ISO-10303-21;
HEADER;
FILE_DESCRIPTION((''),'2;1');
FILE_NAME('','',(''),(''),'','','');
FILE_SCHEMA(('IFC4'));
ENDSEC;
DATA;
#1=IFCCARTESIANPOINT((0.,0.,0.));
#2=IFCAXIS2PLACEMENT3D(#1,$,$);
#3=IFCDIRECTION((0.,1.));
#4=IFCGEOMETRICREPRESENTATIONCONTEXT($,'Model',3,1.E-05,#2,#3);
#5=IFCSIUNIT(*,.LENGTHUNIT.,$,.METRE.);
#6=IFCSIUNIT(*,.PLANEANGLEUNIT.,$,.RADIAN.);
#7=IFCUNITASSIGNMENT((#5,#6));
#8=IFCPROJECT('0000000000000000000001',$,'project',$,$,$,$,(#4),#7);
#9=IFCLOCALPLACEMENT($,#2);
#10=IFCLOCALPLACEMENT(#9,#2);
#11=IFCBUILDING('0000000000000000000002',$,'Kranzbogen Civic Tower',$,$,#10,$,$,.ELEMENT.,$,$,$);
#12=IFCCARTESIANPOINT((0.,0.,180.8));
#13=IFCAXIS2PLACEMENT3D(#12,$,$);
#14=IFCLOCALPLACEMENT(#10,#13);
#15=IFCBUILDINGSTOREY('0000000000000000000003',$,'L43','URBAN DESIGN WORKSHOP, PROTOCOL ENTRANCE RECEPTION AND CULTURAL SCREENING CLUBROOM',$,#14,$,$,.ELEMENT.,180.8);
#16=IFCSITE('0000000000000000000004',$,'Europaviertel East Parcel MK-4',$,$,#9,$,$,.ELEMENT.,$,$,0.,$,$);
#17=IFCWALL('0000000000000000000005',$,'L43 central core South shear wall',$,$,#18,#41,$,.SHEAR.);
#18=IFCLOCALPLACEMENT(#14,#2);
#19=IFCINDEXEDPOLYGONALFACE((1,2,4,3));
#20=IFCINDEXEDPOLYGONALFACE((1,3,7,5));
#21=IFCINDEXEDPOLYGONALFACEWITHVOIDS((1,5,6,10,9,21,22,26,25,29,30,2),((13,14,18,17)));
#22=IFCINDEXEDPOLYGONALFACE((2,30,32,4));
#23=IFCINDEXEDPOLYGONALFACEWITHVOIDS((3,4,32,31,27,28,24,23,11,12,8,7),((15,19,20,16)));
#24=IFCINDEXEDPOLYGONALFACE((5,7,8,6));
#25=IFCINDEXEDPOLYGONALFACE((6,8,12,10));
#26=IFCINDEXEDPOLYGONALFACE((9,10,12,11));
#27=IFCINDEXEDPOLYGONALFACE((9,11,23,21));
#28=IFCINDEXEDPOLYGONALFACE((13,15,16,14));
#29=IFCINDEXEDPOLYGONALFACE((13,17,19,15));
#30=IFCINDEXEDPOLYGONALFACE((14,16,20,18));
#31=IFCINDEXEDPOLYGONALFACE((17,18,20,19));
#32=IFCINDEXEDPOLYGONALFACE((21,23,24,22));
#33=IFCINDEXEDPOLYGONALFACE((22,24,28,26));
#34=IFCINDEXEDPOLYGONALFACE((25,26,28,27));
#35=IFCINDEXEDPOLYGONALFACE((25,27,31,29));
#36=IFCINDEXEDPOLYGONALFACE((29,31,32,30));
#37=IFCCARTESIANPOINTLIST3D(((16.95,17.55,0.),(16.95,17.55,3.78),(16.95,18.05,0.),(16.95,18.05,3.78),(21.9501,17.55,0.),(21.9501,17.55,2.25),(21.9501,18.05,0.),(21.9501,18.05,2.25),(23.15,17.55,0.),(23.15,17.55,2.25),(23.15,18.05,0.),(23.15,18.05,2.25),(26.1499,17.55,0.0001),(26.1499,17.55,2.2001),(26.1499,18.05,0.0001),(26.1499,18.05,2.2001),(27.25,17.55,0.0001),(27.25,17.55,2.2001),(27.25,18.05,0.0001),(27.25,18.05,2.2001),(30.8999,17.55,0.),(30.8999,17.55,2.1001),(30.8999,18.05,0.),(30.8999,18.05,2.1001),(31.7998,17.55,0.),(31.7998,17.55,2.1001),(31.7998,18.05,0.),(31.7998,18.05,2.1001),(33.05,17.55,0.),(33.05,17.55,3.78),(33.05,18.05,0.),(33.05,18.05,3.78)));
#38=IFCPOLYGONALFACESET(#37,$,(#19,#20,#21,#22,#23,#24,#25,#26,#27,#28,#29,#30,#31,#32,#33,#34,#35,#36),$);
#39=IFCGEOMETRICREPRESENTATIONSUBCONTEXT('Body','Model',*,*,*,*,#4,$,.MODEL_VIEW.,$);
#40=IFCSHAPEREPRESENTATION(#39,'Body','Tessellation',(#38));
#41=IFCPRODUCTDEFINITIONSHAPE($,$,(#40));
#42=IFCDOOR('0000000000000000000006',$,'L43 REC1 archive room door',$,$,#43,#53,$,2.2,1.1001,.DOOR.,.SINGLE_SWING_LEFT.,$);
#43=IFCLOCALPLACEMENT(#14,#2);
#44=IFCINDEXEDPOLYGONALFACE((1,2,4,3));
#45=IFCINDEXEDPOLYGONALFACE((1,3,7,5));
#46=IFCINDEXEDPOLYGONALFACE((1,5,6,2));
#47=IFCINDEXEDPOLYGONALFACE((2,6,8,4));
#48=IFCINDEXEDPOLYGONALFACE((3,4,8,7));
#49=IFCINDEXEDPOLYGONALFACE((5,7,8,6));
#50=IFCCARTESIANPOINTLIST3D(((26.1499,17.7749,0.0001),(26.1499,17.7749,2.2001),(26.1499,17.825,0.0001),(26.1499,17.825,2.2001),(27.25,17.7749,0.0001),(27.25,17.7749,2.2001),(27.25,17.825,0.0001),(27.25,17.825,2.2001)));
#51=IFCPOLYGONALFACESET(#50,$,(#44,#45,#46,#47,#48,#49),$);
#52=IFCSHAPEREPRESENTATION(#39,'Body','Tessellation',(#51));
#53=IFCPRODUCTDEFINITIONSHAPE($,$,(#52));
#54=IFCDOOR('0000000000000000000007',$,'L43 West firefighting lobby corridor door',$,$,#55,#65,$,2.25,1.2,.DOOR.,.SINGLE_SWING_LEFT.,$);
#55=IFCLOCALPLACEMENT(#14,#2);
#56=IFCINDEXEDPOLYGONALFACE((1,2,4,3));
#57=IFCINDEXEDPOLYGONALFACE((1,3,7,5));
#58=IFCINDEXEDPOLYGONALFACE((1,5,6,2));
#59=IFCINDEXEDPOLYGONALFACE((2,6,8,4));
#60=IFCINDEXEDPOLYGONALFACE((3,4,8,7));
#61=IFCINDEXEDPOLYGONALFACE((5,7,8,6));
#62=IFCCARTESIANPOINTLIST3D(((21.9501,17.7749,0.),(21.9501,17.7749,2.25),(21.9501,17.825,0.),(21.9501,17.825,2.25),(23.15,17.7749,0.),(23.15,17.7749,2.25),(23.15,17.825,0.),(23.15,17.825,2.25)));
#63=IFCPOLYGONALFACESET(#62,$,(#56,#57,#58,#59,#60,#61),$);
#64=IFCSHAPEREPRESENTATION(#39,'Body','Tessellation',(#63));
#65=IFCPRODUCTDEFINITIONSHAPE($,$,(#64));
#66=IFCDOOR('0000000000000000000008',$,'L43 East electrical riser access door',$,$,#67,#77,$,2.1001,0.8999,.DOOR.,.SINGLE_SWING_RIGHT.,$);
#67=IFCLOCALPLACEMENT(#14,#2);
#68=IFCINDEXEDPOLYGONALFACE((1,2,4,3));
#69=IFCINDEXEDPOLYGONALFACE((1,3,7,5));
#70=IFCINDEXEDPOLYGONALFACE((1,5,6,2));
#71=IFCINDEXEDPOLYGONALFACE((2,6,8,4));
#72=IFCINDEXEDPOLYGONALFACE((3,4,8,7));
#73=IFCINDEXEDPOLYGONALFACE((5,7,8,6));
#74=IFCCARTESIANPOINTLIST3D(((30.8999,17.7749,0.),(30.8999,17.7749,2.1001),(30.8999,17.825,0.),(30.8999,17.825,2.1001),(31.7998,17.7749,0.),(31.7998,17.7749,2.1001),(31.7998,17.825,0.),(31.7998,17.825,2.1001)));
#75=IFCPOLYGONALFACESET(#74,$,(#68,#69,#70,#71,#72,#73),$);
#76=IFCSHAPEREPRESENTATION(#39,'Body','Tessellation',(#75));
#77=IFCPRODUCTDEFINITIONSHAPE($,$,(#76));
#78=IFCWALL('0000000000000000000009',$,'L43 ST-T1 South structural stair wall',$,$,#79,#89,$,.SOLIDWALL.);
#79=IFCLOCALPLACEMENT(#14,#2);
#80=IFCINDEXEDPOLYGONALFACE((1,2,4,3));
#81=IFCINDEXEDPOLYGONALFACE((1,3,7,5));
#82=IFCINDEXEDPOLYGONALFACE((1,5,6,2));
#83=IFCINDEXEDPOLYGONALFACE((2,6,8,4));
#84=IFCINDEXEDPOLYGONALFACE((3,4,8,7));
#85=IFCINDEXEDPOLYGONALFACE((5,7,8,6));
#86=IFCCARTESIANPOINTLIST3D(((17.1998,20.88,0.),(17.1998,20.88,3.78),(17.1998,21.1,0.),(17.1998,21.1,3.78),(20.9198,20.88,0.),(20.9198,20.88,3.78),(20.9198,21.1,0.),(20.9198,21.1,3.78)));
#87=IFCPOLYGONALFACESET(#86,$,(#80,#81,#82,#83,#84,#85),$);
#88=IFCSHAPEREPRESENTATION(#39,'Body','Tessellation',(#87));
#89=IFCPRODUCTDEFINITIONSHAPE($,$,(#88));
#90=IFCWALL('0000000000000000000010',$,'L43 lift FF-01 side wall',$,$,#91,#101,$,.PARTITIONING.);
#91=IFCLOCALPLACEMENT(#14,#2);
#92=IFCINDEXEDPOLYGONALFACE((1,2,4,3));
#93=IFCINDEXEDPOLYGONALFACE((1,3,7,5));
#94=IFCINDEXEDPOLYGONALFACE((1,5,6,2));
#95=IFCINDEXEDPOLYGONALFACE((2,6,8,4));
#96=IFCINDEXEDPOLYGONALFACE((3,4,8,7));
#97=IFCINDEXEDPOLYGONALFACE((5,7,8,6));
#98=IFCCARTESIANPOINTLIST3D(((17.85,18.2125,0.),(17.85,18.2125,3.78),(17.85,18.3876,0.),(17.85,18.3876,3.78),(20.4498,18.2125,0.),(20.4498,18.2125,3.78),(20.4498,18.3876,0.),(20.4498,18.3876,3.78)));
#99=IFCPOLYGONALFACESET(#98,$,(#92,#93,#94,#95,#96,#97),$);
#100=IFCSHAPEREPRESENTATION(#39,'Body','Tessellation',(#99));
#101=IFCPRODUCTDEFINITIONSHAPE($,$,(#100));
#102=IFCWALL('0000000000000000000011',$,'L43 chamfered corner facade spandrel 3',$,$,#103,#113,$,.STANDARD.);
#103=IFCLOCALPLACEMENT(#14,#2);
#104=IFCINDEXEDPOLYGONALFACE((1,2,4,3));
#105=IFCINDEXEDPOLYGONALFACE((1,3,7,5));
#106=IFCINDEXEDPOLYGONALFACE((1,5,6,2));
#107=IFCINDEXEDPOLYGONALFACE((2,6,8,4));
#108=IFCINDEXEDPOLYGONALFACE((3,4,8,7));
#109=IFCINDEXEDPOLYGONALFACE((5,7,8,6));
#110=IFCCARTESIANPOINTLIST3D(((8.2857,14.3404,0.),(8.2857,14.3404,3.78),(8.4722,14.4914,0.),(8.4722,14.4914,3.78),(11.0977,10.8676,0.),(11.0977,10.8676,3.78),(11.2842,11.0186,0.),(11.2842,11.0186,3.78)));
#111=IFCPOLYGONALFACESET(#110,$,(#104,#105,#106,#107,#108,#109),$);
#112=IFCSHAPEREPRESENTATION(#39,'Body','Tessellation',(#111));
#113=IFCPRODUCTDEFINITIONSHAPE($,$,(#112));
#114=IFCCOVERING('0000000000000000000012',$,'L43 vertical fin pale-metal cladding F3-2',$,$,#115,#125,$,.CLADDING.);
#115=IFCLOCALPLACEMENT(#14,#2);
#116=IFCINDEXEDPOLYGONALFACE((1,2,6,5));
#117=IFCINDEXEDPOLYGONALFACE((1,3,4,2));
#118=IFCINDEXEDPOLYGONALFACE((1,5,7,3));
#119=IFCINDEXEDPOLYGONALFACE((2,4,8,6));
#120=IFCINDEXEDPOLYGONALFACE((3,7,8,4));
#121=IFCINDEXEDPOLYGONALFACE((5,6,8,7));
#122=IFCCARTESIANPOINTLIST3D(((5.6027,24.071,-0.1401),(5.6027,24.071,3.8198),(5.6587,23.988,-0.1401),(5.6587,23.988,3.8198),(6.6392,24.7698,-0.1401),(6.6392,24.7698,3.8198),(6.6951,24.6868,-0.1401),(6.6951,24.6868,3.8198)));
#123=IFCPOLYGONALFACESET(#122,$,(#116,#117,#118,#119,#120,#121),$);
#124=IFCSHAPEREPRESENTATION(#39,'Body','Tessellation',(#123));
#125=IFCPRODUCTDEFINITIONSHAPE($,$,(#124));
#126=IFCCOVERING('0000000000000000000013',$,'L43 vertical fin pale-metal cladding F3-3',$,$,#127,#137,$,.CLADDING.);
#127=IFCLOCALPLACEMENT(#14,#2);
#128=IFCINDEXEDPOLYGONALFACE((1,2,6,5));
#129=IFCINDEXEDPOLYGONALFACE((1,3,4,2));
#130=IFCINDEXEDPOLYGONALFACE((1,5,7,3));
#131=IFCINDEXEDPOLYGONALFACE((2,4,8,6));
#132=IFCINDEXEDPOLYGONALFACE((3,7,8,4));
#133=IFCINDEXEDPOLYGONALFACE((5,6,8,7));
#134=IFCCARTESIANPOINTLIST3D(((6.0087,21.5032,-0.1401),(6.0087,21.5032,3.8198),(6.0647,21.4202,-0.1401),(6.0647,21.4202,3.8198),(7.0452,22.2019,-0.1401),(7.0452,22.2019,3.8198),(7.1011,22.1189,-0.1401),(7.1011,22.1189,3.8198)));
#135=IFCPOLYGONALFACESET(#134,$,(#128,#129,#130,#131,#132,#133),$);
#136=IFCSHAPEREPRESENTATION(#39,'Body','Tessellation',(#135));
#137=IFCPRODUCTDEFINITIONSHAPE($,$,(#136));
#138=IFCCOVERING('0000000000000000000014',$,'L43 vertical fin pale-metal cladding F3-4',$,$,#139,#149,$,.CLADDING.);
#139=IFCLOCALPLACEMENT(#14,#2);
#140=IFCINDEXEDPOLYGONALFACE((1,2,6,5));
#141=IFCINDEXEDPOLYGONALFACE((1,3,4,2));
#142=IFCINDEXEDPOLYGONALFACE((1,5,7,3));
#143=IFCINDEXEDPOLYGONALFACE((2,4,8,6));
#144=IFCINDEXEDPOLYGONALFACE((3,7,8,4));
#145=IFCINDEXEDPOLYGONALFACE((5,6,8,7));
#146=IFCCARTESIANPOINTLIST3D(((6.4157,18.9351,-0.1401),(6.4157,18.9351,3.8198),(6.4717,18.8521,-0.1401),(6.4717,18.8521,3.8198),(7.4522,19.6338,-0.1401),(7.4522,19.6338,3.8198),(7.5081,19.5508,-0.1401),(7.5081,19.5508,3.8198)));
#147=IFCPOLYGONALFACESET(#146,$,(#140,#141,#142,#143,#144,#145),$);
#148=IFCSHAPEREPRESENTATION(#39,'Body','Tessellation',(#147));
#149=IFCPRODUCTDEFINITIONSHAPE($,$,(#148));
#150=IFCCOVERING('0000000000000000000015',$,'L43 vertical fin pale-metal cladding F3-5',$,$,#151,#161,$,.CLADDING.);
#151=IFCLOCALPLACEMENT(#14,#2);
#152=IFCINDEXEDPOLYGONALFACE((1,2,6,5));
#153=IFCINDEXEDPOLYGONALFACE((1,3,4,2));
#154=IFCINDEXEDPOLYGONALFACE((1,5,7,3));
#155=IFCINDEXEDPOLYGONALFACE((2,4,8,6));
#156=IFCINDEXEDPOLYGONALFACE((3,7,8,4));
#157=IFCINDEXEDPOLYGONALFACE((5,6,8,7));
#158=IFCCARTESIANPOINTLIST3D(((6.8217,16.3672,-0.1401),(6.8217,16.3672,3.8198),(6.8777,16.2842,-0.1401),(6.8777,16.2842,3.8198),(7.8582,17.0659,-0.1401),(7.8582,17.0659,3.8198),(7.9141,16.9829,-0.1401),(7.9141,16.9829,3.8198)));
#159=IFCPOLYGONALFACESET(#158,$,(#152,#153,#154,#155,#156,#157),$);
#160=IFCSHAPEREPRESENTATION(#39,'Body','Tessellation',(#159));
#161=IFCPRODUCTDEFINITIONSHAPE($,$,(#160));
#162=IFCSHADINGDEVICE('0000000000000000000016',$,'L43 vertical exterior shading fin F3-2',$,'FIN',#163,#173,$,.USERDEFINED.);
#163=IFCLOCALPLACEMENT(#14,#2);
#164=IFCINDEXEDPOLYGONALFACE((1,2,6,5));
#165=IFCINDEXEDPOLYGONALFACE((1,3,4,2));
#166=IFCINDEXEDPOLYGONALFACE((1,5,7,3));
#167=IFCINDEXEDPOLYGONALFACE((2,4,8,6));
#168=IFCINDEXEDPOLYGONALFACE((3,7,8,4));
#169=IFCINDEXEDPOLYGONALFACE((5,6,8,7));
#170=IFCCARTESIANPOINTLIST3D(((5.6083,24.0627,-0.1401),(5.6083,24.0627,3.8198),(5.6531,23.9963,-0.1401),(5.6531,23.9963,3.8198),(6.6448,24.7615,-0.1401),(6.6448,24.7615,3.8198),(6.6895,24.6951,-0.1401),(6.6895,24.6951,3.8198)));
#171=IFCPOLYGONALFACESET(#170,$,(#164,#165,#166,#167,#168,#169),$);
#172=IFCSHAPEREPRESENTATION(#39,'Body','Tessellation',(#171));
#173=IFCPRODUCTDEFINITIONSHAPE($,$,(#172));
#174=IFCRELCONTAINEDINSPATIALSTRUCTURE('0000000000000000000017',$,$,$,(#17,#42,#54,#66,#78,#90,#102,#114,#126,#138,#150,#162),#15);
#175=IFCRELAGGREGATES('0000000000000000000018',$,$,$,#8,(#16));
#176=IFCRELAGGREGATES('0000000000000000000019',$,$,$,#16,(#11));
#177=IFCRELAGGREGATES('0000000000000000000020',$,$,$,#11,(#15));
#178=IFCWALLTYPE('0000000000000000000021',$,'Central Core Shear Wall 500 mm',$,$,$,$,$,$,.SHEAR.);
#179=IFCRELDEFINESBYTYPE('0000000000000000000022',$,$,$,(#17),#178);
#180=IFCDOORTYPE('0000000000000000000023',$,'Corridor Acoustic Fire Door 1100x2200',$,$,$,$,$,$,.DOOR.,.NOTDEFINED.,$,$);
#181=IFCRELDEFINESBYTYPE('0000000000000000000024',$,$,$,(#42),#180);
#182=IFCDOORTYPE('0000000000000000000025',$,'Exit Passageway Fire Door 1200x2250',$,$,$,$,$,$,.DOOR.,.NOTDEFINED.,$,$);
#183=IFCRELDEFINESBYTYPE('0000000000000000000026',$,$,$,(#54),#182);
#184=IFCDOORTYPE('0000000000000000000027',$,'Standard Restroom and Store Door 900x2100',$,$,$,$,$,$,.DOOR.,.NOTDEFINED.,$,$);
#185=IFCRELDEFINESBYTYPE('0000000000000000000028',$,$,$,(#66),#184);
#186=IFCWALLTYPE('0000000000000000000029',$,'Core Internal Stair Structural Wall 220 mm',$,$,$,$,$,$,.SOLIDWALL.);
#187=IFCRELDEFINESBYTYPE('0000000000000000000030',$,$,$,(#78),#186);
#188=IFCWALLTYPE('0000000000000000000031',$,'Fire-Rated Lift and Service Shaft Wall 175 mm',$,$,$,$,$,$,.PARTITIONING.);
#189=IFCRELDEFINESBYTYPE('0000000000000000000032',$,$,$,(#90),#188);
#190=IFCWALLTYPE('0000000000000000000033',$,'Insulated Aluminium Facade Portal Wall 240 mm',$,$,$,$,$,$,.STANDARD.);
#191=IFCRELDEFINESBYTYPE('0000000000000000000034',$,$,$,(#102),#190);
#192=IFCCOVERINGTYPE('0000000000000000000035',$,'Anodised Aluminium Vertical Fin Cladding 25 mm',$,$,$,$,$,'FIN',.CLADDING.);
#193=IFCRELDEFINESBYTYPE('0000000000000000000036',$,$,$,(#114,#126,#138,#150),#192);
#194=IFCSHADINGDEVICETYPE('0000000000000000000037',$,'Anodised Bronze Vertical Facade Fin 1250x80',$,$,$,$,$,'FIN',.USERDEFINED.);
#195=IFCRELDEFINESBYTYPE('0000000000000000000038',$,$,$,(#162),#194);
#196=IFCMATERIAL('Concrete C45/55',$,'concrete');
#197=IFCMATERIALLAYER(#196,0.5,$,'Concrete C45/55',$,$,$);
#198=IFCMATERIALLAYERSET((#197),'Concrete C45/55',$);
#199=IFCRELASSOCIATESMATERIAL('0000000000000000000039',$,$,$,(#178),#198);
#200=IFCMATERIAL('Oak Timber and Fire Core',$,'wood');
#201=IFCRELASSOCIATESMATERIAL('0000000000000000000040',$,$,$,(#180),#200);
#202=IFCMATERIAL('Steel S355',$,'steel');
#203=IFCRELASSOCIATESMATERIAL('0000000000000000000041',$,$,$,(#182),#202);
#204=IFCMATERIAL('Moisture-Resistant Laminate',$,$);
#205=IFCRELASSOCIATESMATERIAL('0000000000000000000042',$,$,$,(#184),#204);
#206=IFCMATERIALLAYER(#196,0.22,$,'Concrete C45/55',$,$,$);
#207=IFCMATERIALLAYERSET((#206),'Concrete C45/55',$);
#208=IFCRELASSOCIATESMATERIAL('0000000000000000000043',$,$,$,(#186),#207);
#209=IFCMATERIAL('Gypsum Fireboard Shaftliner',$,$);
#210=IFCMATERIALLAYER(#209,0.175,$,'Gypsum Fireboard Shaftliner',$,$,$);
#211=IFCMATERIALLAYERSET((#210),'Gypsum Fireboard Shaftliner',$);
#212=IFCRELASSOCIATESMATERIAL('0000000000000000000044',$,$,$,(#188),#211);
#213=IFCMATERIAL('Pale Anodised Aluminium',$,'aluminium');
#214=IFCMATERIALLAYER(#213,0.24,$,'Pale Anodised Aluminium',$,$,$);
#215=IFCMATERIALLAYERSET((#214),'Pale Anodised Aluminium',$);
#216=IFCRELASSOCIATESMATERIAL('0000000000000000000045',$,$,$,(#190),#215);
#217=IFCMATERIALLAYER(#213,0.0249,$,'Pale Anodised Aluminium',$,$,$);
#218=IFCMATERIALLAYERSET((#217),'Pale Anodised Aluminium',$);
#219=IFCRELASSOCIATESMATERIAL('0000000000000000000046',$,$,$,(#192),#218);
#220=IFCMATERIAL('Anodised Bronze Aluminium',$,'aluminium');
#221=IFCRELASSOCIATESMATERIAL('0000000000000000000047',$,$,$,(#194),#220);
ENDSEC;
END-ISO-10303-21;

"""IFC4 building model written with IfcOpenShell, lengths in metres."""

from ifc_helpers import new_model, si_unit, direction, frame, frame_2d, origin, origin_2d, place, context, subcontext, project, spatial, rectangle, extrude, material, layer, layer_set, type_object, element, fill, save


model = new_model("IFC4")

# Units and contexts
model_context = context("Model", 3, precision=1e-05, world=origin(), true_north=direction((0.0, 1.0)))
body_context = subcontext(model_context, "Body", "Model", "MODEL_VIEW")
ifc_project = project(units=[si_unit("LENGTHUNIT", "METRE"), si_unit("PLANEANGLEUNIT", "RADIAN")], contexts=[model_context])

# Site, building, storey
site_placement = place(None, origin())
site = spatial("IfcSite", under=ifc_project, at=site_placement, Name="Europaviertel East Parcel MK-4", CompositionType="ELEMENT", RefElevation=0.0)
building_placement = place(site_placement, origin())
building = spatial("IfcBuilding", under=site, at=building_placement, Name="Kranzbogen Civic Tower", CompositionType="ELEMENT")
storey_placement = place(building_placement, frame((0.0, 0.0, 180.8)))
storey = spatial("IfcBuildingStorey", under=building, at=storey_placement, Name="L43", Description="URBAN DESIGN WORKSHOP, PROTOCOL ENTRANCE RECEPTION AND CULTURAL SCREENING CLUBROOM", CompositionType="ELEMENT", Elevation=180.8)

# Shared definitions
ifc_material_1 = material(Name="Steel S355", Category="steel")

# Shared definitions
ifc_material_2 = material(Name="Pale Anodised Aluminium", Category="aluminium")

# Wall, openings, doors
ifc_material_3 = material(Name="Concrete C45/55", Category="concrete")
ifc_layer_1 = layer(ifc_material_3, 0.5, Name="Concrete C45/55")
ifc_layer_set_1 = layer_set([ifc_layer_1], Name="Concrete C45/55")
wall_type_1 = type_object("IfcWallType", Name="Central Core Shear Wall 500 mm", PredefinedType="SHEAR", material=ifc_layer_set_1)
wall_1_placement = place(storey_placement, frame((16.95, 17.8, 0.0), z_axis=(0.0, 0.0, 1.0), x_axis=(1.0, 0.0, 0.0)))
wall_1 = element("IfcWall", 1, at=wall_1_placement, inside=storey, type_object=wall_type_1, Name="L43 central core South shear wall", PredefinedType="SHEAR", context=body_context, shape_type="SweptSolid", body=[
    extrude(rectangle(XDim=16.1001, YDim=0.5, at=frame_2d((8.05, 0.0))), origin(), (0.0, 0.0, 1.0), 3.78),
])
opening_1_placement = place(wall_1_placement, frame((5.0, 0.0, 0.0)))
opening_1 = element("IfcOpeningElement", 2, at=opening_1_placement, cuts=wall_1, PredefinedType="OPENING", context=body_context, shape_type="SweptSolid", body=[
    extrude(rectangle(XDim=1.2, YDim=2.25, at=frame_2d((0.6001, 1.125))), frame((0.0, 0.26, 0.0), z_axis=(0.0, -1.0, 0.0), x_axis=(1.0, 0.0, 0.0)), (0.0, 0.0, 1.0), 0.52),
])
opening_2_placement = place(wall_1_placement, frame((13.95, 0.0, 0.0)))
opening_2 = element("IfcOpeningElement", 3, at=opening_2_placement, cuts=wall_1, PredefinedType="OPENING", context=body_context, shape_type="SweptSolid", body=[
    extrude(rectangle(XDim=0.8999, YDim=2.1001, at=frame_2d((0.45, 1.05))), frame((0.0, 0.26, 0.0), z_axis=(0.0, -1.0, 0.0), x_axis=(1.0, 0.0, 0.0)), (0.0, 0.0, 1.0), 0.52),
])
opening_3_placement = place(wall_1_placement, frame((9.2, 0.0, 0.0)))
opening_3 = element("IfcOpeningElement", 4, at=opening_3_placement, cuts=wall_1, PredefinedType="OPENING", context=body_context, shape_type="SweptSolid", body=[
    extrude(rectangle(XDim=1.1001, YDim=2.2, at=frame_2d((0.55, 1.1001))), frame((0.0, 0.26, 0.0), z_axis=(0.0, -1.0, 0.0), x_axis=(1.0, 0.0, 0.0)), (0.0, 0.0, 1.0), 0.52),
])
ifc_material_4 = material(Name="Oak Timber and Fire Core", Category="wood")
door_type_1 = type_object("IfcDoorType", Name="Corridor Acoustic Fire Door 1100x2200", OperationType="NOTDEFINED", PredefinedType="DOOR", material=ifc_material_4)
door_1_placement = place(opening_3_placement, origin())
door_1 = element("IfcDoor", 5, at=door_1_placement, inside=storey, type_object=door_type_1, Name="L43 REC1 archive room door", OperationType="SINGLE_SWING_LEFT", OverallHeight=2.2, OverallWidth=1.1001, PredefinedType="DOOR", context=body_context, shape_type="SweptSolid", body=[
    extrude(rectangle(XDim=1.1001, YDim=2.2, at=frame_2d((0.55, 1.1001))), frame((0.0, 0.0249, 0.0), z_axis=(0.0, -1.0, 0.0), x_axis=(1.0, 0.0, 0.0)), (0.0, 0.0, 1.0), 0.05),
])
fill(opening_3, door_1)
door_type_2 = type_object("IfcDoorType", Name="Exit Passageway Fire Door 1200x2250", OperationType="NOTDEFINED", PredefinedType="DOOR", material=ifc_material_1)
door_2_placement = place(opening_1_placement, origin())
door_2 = element("IfcDoor", 6, at=door_2_placement, inside=storey, type_object=door_type_2, Name="L43 West firefighting lobby corridor door", OperationType="SINGLE_SWING_LEFT", OverallHeight=2.25, OverallWidth=1.2, PredefinedType="DOOR", context=body_context, shape_type="SweptSolid", body=[
    extrude(rectangle(XDim=1.2, YDim=2.25, at=frame_2d((0.6001, 1.125))), frame((0.0, 0.0249, 0.0), z_axis=(0.0, -1.0, 0.0), x_axis=(1.0, 0.0, 0.0)), (0.0, 0.0, 1.0), 0.05),
])
fill(opening_1, door_2)
ifc_material_5 = material(Name="Moisture-Resistant Laminate")
door_type_3 = type_object("IfcDoorType", Name="Standard Restroom and Store Door 900x2100", OperationType="NOTDEFINED", PredefinedType="DOOR", material=ifc_material_5)
door_3_placement = place(opening_2_placement, origin())
door_3 = element("IfcDoor", 7, at=door_3_placement, inside=storey, type_object=door_type_3, Name="L43 East electrical riser access door", OperationType="SINGLE_SWING_RIGHT", OverallHeight=2.1001, OverallWidth=0.8999, PredefinedType="DOOR", context=body_context, shape_type="SweptSolid", body=[
    extrude(rectangle(XDim=0.8999, YDim=2.1001, at=frame_2d((0.45, 1.05))), frame((0.0, 0.0249, 0.0), z_axis=(0.0, -1.0, 0.0), x_axis=(1.0, 0.0, 0.0)), (0.0, 0.0, 1.0), 0.05),
])
fill(opening_2, door_3)

# Walls
ifc_layer_2 = layer(ifc_material_3, 0.22, Name="Concrete C45/55")
ifc_layer_set_2 = layer_set([ifc_layer_2], Name="Concrete C45/55")
wall_type_2 = type_object("IfcWallType", Name="Core Internal Stair Structural Wall 220 mm", PredefinedType="SOLIDWALL", material=ifc_layer_set_2)
wall_2_placement = place(storey_placement, frame((17.2, 20.99, 0.0), z_axis=(0.0, 0.0, 1.0), x_axis=(1.0, 0.0, 0.0)))
element("IfcWall", 8, at=wall_2_placement, inside=storey, type_object=wall_type_2, Name="L43 ST-T1 South structural stair wall", PredefinedType="SOLIDWALL", context=body_context, shape_type="SweptSolid", body=[
    extrude(rectangle(XDim=3.72, YDim=0.22, at=frame_2d((1.8599, 0.0))), origin(), (0.0, 0.0, 1.0), 3.78),
])
ifc_material_6 = material(Name="Gypsum Fireboard Shaftliner")
ifc_layer_3 = layer(ifc_material_6, 0.175, Name="Gypsum Fireboard Shaftliner")
ifc_layer_set_3 = layer_set([ifc_layer_3], Name="Gypsum Fireboard Shaftliner")
wall_type_3 = type_object("IfcWallType", Name="Fire-Rated Lift and Service Shaft Wall 175 mm", PredefinedType="PARTITIONING", material=ifc_layer_set_3)
wall_3_placement = place(storey_placement, frame((17.8501, 18.3, 0.0), z_axis=(0.0, 0.0, 1.0), x_axis=(1.0, 0.0, 0.0)))
element("IfcWall", 9, at=wall_3_placement, inside=storey, type_object=wall_type_3, Name="L43 lift FF-01 side wall", PredefinedType="PARTITIONING", context=body_context, shape_type="SweptSolid", body=[
    extrude(rectangle(XDim=2.5999, YDim=0.175, at=frame_2d((1.2998, 0.0))), origin(), (0.0, 0.0, 1.0), 3.78),
])
ifc_layer_4 = layer(ifc_material_2, 0.24, Name="Pale Anodised Aluminium")
ifc_layer_set_4 = layer_set([ifc_layer_4], Name="Pale Anodised Aluminium")
wall_type_4 = type_object("IfcWallType", Name="Insulated Aluminium Facade Portal Wall 240 mm", PredefinedType="STANDARD", material=ifc_layer_set_4)
wall_4_placement = place(storey_placement, frame((8.3789, 14.416, 0.0), z_axis=(0.0, 0.0, 1.0), x_axis=(0.629282, -0.777177, 0.0)))
element("IfcWall", 10, at=wall_4_placement, inside=storey, type_object=wall_type_4, Name="L43 chamfered corner facade spandrel 3", PredefinedType="STANDARD", context=body_context, shape_type="SweptSolid", body=[
    extrude(rectangle(XDim=4.4685, YDim=0.24, at=frame_2d((2.2344, 0.0))), origin(), (0.0, 0.0, 1.0), 3.78),
])

# Coverings
ifc_layer_5 = layer(ifc_material_2, 0.0249, Name="Pale Anodised Aluminium")
ifc_layer_set_5 = layer_set([ifc_layer_5], Name="Pale Anodised Aluminium")
covering_type = type_object("IfcCoveringType", Name="Anodised Aluminium Vertical Fin Cladding 25 mm", ElementType="FIN", PredefinedType="CLADDING", material=ifc_layer_set_5)
for number, where, z_axis, x_axis, name in (
    (11, (6.1489, 24.3789, -0.1401), (0.0, 0.0, 1.0), (-0.829174, -0.55899, 0.0), "L43 vertical fin pale-metal cladding F3-2"),
    (12, (6.5549, 21.811, -0.1401), (0.0, 0.0, 1.0), (-0.829174, -0.55899, 0.0), "L43 vertical fin pale-metal cladding F3-3"),
    (13, (6.9619, 19.2429, -0.1401), (0.0, 0.0, 1.0), (-0.829174, -0.55899, 0.0), "L43 vertical fin pale-metal cladding F3-4"),
    (14, (7.3679, 16.675, -0.1401), (0.0, 0.0, 1.0), (-0.829174, -0.55899, 0.0), "L43 vertical fin pale-metal cladding F3-5"),
):
    element("IfcCovering", number, at=place(storey_placement, frame(where, z_axis=z_axis, x_axis=x_axis)), inside=storey, type_object=covering_type, Name=name, PredefinedType="CLADDING", context=body_context, shape_type="SweptSolid", body=[
        extrude(rectangle(XDim=1.25, YDim=0.1001, at=origin_2d()), origin(), (0.0, 0.0, 1.0), 3.96),
    ])

# Shading device
ifc_material_7 = material(Name="Anodised Bronze Aluminium", Category="aluminium")
shading_device_type = type_object("IfcShadingDeviceType", Name="Anodised Bronze Vertical Facade Fin 1250x80", ElementType="FIN", PredefinedType="USERDEFINED", material=ifc_material_7)
for number, where, z_axis, x_axis, name in (
    (15, (6.1489, 24.3789, -0.1401), (0.0, 0.0, 1.0), (-0.829174, -0.55899, 0.0), "L43 vertical exterior shading fin F3-2"),
):
    element("IfcShadingDevice", number, at=place(storey_placement, frame(where, z_axis=z_axis, x_axis=x_axis)), inside=storey, type_object=shading_device_type, Name=name, ObjectType="FIN", PredefinedType="USERDEFINED", context=body_context, shape_type="SweptSolid", body=[
        extrude(rectangle(XDim=1.25, YDim=0.0801, at=origin_2d()), origin(), (0.0, 0.0, 1.0), 3.96),
    ])

save(model, "model.ifc")
